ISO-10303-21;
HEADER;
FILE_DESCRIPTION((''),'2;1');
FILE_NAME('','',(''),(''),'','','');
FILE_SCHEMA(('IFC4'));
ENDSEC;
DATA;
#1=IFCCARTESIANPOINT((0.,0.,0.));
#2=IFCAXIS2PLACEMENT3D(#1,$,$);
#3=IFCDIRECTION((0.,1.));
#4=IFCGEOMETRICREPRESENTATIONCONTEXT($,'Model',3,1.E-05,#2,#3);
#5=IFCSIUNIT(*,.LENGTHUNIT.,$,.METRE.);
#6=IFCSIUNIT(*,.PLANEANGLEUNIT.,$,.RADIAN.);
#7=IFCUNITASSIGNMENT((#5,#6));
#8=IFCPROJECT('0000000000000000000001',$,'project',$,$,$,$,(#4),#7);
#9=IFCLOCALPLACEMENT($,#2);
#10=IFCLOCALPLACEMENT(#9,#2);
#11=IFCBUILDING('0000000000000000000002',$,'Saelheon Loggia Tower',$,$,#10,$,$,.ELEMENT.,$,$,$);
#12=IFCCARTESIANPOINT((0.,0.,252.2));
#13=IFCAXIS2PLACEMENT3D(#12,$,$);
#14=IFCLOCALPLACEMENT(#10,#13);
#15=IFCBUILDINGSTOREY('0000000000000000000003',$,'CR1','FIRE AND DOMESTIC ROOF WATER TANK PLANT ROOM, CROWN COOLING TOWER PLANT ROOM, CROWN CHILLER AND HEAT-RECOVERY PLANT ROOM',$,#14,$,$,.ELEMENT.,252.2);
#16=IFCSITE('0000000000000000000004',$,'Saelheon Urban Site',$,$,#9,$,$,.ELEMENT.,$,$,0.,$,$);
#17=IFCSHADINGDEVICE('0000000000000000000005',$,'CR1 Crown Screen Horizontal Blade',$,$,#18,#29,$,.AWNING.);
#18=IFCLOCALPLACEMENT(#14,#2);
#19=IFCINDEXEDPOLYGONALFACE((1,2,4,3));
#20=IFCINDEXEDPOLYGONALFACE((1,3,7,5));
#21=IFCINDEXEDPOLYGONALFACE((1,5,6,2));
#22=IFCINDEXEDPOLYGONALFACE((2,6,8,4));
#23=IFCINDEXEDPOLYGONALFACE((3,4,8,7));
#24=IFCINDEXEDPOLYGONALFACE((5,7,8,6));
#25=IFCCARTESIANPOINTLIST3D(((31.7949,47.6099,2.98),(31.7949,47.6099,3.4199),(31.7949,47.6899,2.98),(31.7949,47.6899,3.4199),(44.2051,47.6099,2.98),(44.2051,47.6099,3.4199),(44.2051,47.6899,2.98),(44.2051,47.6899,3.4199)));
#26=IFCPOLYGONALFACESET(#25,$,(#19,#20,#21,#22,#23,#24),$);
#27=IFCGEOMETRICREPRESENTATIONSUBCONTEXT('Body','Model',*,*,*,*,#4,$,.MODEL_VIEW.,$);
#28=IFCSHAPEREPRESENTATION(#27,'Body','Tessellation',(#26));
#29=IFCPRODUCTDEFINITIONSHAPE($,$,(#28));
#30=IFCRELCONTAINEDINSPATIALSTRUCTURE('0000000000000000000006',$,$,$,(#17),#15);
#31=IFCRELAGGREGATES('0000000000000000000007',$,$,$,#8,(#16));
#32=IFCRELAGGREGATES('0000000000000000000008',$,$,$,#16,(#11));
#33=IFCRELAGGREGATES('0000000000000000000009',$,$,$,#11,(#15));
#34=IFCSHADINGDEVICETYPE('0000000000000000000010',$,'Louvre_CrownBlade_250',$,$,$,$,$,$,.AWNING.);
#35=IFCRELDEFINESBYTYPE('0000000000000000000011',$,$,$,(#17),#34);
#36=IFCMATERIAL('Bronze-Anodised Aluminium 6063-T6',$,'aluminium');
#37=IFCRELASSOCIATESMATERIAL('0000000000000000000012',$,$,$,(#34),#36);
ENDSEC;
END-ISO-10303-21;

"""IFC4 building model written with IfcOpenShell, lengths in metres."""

from ifc_helpers import new_model, si_unit, direction, frame, origin, origin_2d, place, context, subcontext, project, spatial, rectangle, extrude, source, transform, mapped, material, material_profile, profile_set, type_object, element, save


model = new_model("IFC4")

# Units and contexts
model_context = context("Model", 3, precision=1e-05, world=origin(), true_north=direction((0.0, 1.0)))
body_context = subcontext(model_context, "Body", "Model", "MODEL_VIEW")
ifc_project = project(units=[si_unit("LENGTHUNIT", "METRE"), si_unit("PLANEANGLEUNIT", "RADIAN")], contexts=[model_context])

# Site, building, storey
site_placement = place(None, origin())
site = spatial("IfcSite", under=ifc_project, at=site_placement, Name="Saelheon Urban Site", CompositionType="ELEMENT", RefElevation=0.0)
building_placement = place(site_placement, origin())
building = spatial("IfcBuilding", under=site, at=building_placement, Name="Saelheon Loggia Tower", CompositionType="ELEMENT")
storey_placement = place(building_placement, frame((0.0, 0.0, 252.2)))
storey = spatial("IfcBuildingStorey", under=building, at=storey_placement, Name="CR1", Description="FIRE AND DOMESTIC ROOF WATER TANK PLANT ROOM, CROWN COOLING TOWER PLANT ROOM, CROWN CHILLER AND HEAT-RECOVERY PLANT ROOM", CompositionType="ELEMENT", Elevation=252.2)

# Shared definitions
ifc_material_1 = material(Name="Bronze-Anodised Aluminium 6063-T6", Category="aluminium")

# Shading device
ifc_material_profile_1 = material_profile(ifc_material_1, rectangle(XDim=0.0801, YDim=0.4399, at=origin_2d()), Name="Louvre_CrownBlade_250")
ifc_profile_set_1 = profile_set([ifc_material_profile_1], Name="Bronze-Anodised Aluminium 6063-T6")
shading_device_type = type_object("IfcShadingDeviceType", Name="Louvre_CrownBlade_250", PredefinedType="AWNING", material=ifc_profile_set_1)
shared_shape_1 = source(origin(), body_context, "Body", "SweptSolid", [
    extrude(rectangle(XDim=0.0801, YDim=0.4399, at=origin_2d()), origin(), (0.0, 0.0, 1.0), 12.4102),
])
for number, where, z_axis, x_axis, name in (
    (1, (44.2051, 47.6499, 3.2), (-1.0, 0.0, 0.0), (0.0, -1.0, 0.0), "CR1 Crown Screen Horizontal Blade"),
):
    element("IfcShadingDevice", number, at=place(storey_placement, frame(where, z_axis=z_axis, x_axis=x_axis)), inside=storey, type_object=shading_device_type, Name=name, PredefinedType="AWNING", context=body_context, shape_type="MappedRepresentation", body=[
        mapped(shared_shape_1, transform((0.0, 0.0, 0.0), scale=1.0)),
    ])

save(model, "model.ifc")
